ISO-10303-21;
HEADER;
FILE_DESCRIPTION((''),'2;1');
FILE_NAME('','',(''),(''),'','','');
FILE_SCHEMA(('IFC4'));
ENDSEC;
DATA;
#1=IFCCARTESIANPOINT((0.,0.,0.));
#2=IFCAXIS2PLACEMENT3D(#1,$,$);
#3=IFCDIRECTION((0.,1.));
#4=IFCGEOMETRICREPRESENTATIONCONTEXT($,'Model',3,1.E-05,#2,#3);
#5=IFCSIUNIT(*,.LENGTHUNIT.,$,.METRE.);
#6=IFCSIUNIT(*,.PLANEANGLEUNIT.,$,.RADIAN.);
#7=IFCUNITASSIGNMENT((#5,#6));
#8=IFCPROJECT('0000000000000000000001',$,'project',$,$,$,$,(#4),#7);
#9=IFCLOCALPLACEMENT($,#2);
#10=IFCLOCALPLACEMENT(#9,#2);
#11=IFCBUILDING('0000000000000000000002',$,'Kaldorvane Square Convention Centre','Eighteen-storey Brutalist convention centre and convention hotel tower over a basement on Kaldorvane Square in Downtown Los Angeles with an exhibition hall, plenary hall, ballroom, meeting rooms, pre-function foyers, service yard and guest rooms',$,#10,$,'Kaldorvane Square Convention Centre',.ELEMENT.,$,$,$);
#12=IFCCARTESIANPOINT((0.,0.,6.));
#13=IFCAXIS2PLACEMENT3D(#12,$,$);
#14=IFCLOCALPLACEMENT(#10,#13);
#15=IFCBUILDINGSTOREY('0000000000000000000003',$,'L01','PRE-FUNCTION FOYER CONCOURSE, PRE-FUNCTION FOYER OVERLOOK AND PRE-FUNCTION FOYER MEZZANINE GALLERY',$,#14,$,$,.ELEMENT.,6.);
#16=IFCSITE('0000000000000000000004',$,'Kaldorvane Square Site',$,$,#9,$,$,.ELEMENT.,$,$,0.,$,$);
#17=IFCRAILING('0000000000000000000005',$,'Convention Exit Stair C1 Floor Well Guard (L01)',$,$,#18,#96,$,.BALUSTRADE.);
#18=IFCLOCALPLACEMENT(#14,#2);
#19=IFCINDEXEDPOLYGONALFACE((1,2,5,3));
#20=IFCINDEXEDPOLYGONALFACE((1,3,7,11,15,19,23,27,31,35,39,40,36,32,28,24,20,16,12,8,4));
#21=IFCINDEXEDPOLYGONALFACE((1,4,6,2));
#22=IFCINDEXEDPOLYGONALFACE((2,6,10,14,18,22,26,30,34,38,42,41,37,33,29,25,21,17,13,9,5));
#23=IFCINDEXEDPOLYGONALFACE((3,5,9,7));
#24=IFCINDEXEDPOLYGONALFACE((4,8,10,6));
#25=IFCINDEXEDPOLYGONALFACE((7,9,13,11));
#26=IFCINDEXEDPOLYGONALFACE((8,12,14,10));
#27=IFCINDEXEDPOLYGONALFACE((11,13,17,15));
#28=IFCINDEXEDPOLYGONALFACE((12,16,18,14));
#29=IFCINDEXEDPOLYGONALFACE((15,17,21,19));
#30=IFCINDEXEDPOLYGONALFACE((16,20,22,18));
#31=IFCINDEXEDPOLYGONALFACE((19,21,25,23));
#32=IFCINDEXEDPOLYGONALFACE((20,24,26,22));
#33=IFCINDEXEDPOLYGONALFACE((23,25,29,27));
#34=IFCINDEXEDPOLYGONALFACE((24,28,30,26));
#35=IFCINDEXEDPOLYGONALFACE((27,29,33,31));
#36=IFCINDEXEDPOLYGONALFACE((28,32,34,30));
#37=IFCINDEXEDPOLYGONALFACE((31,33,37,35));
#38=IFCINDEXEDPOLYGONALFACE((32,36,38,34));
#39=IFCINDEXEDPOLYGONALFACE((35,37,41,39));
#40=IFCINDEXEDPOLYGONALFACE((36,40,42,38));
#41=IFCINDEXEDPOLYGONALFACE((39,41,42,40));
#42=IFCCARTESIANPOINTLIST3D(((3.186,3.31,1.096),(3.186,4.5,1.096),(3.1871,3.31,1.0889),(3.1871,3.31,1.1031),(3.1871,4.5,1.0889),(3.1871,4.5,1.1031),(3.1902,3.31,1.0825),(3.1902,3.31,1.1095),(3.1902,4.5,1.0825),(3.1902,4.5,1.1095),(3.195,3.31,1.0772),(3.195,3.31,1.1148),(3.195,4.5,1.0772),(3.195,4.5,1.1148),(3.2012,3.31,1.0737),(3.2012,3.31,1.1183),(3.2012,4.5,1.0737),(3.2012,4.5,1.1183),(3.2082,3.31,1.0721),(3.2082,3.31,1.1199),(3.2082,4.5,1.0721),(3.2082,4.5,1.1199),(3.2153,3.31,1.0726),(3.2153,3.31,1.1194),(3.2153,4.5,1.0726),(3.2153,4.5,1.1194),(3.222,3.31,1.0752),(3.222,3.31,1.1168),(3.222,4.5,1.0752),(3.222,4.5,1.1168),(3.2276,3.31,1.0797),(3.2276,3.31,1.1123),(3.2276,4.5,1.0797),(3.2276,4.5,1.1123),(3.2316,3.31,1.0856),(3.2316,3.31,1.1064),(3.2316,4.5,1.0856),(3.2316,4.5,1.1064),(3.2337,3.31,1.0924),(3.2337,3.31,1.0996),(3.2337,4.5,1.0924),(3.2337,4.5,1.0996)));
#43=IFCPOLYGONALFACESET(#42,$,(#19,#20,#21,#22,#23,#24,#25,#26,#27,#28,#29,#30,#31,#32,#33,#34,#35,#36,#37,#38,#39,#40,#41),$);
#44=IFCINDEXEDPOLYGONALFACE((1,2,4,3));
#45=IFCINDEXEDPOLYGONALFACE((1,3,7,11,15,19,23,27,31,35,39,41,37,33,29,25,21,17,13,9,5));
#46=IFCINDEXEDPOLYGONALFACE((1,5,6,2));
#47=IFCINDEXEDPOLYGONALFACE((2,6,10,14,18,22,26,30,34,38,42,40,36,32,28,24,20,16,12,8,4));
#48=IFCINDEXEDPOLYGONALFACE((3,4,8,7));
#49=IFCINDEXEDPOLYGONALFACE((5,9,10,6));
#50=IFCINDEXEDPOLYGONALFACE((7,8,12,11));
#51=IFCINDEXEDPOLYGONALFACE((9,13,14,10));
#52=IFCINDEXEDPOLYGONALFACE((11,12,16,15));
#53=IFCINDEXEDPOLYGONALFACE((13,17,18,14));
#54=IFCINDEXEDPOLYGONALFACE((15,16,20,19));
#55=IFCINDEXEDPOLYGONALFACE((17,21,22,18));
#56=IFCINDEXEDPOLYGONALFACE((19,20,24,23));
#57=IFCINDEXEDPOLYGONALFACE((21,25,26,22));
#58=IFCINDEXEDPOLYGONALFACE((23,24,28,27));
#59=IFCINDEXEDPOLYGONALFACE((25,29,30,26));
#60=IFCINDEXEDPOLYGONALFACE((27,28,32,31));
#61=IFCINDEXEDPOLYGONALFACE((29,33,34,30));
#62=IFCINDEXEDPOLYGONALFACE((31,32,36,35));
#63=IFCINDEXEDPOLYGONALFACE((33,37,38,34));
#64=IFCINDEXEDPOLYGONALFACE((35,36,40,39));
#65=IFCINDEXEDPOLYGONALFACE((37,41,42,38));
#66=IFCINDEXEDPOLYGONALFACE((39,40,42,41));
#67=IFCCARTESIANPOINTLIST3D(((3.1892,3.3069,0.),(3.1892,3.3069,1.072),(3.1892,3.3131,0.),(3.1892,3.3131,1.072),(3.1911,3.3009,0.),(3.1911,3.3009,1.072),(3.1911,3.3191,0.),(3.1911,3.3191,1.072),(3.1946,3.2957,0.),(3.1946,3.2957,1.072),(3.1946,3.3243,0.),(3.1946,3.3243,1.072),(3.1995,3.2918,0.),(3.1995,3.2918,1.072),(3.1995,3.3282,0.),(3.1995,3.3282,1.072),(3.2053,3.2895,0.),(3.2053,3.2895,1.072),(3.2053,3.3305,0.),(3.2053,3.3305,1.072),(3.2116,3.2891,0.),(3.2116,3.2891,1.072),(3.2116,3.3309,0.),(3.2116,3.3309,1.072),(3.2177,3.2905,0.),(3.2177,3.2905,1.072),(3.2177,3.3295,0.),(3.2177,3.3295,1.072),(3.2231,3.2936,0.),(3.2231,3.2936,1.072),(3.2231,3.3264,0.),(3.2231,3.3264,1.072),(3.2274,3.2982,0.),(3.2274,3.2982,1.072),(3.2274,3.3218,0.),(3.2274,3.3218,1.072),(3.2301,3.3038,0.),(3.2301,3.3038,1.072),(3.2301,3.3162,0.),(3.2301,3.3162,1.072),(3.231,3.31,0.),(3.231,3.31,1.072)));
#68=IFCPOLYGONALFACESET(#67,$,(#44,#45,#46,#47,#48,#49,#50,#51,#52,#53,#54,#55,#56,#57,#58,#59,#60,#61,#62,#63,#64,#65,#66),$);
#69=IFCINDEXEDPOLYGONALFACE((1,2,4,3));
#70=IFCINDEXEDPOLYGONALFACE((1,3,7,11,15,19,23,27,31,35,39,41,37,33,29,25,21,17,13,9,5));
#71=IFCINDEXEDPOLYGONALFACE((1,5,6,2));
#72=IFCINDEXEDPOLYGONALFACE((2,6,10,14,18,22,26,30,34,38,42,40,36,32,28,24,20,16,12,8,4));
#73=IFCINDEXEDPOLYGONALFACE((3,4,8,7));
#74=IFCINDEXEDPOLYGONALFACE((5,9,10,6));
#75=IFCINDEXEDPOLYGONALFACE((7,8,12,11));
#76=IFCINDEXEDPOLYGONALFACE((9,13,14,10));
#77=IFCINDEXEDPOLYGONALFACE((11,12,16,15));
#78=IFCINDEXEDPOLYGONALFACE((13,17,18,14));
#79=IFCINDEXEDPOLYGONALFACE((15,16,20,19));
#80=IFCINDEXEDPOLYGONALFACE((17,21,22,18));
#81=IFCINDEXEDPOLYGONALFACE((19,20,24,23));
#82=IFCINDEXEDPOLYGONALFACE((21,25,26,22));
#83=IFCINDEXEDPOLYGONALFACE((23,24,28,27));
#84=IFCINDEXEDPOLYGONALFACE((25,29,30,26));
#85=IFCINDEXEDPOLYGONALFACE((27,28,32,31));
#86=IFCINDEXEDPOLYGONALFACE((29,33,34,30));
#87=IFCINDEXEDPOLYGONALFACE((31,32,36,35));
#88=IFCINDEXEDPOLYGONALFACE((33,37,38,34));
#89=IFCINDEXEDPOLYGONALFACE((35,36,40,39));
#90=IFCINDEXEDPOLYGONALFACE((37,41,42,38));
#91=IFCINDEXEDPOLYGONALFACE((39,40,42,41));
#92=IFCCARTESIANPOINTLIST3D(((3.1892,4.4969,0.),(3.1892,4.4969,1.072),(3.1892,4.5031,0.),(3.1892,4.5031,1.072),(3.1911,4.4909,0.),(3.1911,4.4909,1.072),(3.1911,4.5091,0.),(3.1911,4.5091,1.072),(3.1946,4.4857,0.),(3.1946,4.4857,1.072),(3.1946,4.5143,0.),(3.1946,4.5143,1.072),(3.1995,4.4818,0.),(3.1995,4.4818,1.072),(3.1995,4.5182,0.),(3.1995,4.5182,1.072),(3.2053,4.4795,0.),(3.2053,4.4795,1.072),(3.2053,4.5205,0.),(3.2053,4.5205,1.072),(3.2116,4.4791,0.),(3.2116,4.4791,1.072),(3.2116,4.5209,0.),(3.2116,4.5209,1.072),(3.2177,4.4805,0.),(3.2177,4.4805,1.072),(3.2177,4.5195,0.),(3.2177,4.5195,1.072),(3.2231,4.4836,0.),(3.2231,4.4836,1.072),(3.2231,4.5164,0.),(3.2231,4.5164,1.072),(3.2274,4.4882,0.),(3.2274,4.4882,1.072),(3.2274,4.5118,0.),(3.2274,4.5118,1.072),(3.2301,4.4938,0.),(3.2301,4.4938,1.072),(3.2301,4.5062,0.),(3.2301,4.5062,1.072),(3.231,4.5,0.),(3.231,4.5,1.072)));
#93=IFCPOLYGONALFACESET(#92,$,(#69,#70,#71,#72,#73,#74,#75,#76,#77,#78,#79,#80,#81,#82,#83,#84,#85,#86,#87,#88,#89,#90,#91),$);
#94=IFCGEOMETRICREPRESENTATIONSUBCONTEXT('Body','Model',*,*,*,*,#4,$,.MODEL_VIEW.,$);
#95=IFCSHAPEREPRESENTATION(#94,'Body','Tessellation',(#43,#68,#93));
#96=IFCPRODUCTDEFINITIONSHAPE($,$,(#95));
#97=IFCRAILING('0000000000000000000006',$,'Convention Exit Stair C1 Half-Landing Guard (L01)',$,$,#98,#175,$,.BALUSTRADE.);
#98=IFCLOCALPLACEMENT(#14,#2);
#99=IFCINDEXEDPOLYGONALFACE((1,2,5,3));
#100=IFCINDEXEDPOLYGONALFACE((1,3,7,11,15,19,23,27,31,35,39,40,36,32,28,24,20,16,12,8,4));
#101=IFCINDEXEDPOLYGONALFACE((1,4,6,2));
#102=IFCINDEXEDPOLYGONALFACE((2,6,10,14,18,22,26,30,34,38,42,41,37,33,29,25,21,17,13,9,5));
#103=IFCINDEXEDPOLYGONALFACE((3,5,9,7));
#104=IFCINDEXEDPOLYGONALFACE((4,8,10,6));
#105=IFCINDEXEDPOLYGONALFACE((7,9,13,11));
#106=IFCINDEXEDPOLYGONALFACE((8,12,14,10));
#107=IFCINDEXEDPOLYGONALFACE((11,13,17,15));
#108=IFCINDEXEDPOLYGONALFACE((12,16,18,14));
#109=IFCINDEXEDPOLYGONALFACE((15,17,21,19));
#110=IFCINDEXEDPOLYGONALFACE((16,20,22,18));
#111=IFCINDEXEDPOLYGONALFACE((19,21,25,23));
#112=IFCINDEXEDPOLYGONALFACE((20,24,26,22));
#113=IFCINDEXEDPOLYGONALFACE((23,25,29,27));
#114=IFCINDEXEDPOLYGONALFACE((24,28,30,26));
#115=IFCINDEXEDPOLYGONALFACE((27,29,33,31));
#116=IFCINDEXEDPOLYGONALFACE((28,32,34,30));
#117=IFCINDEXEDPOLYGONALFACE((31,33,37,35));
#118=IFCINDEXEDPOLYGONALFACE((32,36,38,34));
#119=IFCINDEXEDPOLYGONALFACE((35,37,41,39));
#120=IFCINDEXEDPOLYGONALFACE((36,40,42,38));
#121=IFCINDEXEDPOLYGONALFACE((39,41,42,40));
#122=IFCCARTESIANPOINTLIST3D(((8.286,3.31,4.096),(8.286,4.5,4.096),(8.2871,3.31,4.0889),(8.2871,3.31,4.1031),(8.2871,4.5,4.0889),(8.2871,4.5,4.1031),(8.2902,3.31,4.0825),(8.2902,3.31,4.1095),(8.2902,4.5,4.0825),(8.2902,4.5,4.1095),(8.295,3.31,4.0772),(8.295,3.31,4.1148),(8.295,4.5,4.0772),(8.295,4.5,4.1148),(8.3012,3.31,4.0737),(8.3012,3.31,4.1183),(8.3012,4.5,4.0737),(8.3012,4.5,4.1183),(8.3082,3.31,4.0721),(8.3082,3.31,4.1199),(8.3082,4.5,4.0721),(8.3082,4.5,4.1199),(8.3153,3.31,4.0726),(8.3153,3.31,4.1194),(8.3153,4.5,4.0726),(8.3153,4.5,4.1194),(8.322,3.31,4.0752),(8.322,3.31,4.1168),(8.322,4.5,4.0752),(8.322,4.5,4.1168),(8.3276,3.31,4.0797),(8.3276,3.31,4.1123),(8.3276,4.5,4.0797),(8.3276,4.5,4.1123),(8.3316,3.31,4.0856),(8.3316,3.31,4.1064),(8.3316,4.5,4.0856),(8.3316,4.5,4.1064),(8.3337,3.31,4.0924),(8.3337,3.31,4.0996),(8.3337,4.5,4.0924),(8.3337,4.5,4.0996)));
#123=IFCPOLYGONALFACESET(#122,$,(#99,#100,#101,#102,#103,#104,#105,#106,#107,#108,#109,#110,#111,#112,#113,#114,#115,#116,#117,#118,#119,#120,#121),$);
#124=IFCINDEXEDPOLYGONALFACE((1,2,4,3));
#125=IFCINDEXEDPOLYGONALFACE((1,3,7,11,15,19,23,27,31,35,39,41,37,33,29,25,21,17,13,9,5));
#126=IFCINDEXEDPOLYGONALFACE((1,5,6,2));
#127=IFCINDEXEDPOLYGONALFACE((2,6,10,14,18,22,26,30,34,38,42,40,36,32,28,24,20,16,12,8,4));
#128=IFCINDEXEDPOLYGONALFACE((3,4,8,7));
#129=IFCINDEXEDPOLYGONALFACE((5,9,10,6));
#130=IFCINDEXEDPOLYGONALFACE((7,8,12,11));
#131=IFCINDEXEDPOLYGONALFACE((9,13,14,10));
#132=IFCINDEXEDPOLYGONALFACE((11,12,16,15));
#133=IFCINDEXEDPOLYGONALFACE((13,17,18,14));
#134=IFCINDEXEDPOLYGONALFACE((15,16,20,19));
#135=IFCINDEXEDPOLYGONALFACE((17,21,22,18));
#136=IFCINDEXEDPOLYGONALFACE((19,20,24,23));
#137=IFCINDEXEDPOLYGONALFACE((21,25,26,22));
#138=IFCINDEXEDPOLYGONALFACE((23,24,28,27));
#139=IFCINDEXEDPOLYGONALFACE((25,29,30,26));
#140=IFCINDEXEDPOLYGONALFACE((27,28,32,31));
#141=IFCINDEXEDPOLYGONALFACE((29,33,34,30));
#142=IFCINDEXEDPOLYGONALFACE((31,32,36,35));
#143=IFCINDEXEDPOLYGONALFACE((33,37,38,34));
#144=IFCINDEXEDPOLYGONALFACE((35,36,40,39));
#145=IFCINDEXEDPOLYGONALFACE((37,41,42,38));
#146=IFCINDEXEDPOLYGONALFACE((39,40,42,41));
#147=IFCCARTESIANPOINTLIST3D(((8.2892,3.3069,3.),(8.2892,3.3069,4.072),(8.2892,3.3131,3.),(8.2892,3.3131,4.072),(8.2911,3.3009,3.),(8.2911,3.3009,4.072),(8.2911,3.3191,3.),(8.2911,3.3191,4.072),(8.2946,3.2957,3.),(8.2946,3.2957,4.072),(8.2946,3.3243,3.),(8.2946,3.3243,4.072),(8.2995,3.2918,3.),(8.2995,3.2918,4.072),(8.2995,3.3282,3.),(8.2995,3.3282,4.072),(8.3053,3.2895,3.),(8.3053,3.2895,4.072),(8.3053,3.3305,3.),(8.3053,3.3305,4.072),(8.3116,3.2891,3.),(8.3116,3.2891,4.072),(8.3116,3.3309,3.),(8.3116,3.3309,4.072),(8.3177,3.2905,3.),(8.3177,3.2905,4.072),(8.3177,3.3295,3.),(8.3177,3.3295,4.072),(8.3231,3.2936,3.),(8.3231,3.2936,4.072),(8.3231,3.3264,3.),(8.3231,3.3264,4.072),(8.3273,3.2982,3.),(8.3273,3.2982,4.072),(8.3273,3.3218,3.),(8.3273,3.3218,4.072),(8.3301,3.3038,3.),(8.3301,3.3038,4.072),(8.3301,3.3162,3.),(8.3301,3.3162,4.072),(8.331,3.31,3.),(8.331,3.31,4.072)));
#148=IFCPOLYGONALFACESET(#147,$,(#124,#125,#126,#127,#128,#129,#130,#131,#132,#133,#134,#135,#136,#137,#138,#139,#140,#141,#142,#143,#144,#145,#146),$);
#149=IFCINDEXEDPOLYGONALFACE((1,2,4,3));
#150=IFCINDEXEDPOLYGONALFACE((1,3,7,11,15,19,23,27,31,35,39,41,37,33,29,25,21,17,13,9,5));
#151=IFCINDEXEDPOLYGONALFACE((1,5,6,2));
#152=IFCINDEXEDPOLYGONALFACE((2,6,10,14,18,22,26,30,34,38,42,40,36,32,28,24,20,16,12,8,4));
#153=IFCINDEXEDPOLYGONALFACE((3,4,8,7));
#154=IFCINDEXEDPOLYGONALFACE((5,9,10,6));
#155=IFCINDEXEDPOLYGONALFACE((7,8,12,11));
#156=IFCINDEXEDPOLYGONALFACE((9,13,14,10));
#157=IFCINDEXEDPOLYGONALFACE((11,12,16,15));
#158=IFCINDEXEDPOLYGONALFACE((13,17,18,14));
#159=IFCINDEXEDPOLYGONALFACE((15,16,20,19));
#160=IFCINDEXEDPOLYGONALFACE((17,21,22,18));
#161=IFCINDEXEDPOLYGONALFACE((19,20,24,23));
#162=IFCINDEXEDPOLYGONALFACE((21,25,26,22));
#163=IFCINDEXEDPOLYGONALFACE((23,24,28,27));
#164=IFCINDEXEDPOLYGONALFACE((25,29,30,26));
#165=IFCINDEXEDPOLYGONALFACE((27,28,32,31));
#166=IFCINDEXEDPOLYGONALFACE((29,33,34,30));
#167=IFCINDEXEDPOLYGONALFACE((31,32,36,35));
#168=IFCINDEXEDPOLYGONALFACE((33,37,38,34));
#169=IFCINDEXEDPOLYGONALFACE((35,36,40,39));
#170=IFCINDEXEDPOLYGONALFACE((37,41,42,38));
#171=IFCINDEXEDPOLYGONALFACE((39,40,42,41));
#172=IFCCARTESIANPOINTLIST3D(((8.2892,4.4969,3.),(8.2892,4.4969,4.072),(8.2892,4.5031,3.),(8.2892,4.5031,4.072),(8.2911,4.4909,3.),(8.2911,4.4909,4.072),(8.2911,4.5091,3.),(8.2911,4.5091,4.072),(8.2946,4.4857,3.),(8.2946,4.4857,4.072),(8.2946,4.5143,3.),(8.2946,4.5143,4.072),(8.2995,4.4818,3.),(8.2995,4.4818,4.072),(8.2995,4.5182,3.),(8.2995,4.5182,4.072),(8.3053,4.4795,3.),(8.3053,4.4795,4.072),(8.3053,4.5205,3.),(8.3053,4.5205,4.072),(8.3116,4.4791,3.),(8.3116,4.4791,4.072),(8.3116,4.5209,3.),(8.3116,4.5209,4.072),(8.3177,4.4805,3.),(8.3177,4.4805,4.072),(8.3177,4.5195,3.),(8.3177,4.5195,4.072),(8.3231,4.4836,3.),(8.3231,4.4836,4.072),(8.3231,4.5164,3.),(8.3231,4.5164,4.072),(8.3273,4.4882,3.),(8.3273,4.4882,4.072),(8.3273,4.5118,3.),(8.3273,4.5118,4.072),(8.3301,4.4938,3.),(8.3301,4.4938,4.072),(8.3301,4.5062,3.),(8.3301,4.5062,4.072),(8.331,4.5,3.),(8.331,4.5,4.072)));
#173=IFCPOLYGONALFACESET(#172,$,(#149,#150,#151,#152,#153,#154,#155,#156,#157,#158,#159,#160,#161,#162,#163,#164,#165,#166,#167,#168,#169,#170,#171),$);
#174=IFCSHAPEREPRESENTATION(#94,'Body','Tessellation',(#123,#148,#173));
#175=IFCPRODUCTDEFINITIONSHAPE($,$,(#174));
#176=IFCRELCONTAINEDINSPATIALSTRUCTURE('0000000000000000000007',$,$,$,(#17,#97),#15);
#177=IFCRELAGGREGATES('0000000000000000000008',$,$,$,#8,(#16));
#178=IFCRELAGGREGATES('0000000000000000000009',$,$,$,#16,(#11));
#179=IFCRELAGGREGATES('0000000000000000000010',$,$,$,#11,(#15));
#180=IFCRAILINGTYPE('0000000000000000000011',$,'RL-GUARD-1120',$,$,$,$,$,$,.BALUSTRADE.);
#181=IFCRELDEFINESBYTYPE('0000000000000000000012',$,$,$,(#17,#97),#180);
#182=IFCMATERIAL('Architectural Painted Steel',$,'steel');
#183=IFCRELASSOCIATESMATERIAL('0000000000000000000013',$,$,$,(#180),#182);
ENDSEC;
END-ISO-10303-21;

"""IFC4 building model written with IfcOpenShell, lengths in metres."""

from ifc_helpers import new_model, si_unit, direction, frame, origin, origin_2d, place, context, subcontext, project, spatial, circle, extrude, material, type_object, element, save


model = new_model("IFC4")

# Units and contexts
model_context = context("Model", 3, precision=1e-05, world=origin(), true_north=direction((0.0, 1.0)))
body_context = subcontext(model_context, "Body", "Model", "MODEL_VIEW")
ifc_project = project(units=[si_unit("LENGTHUNIT", "METRE"), si_unit("PLANEANGLEUNIT", "RADIAN")], contexts=[model_context])

# Site, building, storey
site_placement = place(None, origin())
site = spatial("IfcSite", under=ifc_project, at=site_placement, Name="Kaldorvane Square Site", CompositionType="ELEMENT", RefElevation=0.0)
building_placement = place(site_placement, origin())
building = spatial("IfcBuilding", under=site, at=building_placement, Name="Kaldorvane Square Convention Centre", Description="Eighteen-storey Brutalist convention centre and convention hotel tower over a basement on Kaldorvane Square in Downtown Los Angeles with an exhibition hall, plenary hall, ballroom, meeting rooms, pre-function foyers, service yard and guest rooms", LongName="Kaldorvane Square Convention Centre", CompositionType="ELEMENT")
storey_placement = place(building_placement, frame((0.0, 0.0, 6.0)))
storey = spatial("IfcBuildingStorey", under=building, at=storey_placement, Name="L01", Description="PRE-FUNCTION FOYER CONCOURSE, PRE-FUNCTION FOYER OVERLOOK AND PRE-FUNCTION FOYER MEZZANINE GALLERY", CompositionType="ELEMENT", Elevation=6.0)

# Railings
ifc_material_1 = material(Name="Architectural Painted Steel", Category="steel")
railing_type_1 = type_object("IfcRailingType", Name="RL-GUARD-1120", PredefinedType="BALUSTRADE", material=ifc_material_1)
for number, where, name in (
    (1, (3.21, 3.31, 0.0), "Convention Exit Stair C1 Floor Well Guard (L01)"),
    (2, (8.31, 3.31, 3.0), "Convention Exit Stair C1 Half-Landing Guard (L01)"),
):
    element("IfcRailing", number, at=place(storey_placement, frame(where)), inside=storey, type_object=railing_type_1, Name=name, PredefinedType="BALUSTRADE", context=body_context, shape_type="SweptSolid", body=[
        extrude(circle(Radius=0.024, at=origin_2d()), frame((0.0, 0.0, 1.096), z_axis=(0.0, 1.0, 0.0), x_axis=(-1.0, 0.0, 0.0)), (0.0, 0.0, 1.0), 1.19),
        extrude(circle(Radius=0.021, at=origin_2d()), origin(), (0.0, 0.0, 1.0), 1.072),
        extrude(circle(Radius=0.021, at=origin_2d()), frame((0.0, 1.19, 0.0)), (0.0, 0.0, 1.0), 1.072),
    ])

save(model, "model.ifc")
